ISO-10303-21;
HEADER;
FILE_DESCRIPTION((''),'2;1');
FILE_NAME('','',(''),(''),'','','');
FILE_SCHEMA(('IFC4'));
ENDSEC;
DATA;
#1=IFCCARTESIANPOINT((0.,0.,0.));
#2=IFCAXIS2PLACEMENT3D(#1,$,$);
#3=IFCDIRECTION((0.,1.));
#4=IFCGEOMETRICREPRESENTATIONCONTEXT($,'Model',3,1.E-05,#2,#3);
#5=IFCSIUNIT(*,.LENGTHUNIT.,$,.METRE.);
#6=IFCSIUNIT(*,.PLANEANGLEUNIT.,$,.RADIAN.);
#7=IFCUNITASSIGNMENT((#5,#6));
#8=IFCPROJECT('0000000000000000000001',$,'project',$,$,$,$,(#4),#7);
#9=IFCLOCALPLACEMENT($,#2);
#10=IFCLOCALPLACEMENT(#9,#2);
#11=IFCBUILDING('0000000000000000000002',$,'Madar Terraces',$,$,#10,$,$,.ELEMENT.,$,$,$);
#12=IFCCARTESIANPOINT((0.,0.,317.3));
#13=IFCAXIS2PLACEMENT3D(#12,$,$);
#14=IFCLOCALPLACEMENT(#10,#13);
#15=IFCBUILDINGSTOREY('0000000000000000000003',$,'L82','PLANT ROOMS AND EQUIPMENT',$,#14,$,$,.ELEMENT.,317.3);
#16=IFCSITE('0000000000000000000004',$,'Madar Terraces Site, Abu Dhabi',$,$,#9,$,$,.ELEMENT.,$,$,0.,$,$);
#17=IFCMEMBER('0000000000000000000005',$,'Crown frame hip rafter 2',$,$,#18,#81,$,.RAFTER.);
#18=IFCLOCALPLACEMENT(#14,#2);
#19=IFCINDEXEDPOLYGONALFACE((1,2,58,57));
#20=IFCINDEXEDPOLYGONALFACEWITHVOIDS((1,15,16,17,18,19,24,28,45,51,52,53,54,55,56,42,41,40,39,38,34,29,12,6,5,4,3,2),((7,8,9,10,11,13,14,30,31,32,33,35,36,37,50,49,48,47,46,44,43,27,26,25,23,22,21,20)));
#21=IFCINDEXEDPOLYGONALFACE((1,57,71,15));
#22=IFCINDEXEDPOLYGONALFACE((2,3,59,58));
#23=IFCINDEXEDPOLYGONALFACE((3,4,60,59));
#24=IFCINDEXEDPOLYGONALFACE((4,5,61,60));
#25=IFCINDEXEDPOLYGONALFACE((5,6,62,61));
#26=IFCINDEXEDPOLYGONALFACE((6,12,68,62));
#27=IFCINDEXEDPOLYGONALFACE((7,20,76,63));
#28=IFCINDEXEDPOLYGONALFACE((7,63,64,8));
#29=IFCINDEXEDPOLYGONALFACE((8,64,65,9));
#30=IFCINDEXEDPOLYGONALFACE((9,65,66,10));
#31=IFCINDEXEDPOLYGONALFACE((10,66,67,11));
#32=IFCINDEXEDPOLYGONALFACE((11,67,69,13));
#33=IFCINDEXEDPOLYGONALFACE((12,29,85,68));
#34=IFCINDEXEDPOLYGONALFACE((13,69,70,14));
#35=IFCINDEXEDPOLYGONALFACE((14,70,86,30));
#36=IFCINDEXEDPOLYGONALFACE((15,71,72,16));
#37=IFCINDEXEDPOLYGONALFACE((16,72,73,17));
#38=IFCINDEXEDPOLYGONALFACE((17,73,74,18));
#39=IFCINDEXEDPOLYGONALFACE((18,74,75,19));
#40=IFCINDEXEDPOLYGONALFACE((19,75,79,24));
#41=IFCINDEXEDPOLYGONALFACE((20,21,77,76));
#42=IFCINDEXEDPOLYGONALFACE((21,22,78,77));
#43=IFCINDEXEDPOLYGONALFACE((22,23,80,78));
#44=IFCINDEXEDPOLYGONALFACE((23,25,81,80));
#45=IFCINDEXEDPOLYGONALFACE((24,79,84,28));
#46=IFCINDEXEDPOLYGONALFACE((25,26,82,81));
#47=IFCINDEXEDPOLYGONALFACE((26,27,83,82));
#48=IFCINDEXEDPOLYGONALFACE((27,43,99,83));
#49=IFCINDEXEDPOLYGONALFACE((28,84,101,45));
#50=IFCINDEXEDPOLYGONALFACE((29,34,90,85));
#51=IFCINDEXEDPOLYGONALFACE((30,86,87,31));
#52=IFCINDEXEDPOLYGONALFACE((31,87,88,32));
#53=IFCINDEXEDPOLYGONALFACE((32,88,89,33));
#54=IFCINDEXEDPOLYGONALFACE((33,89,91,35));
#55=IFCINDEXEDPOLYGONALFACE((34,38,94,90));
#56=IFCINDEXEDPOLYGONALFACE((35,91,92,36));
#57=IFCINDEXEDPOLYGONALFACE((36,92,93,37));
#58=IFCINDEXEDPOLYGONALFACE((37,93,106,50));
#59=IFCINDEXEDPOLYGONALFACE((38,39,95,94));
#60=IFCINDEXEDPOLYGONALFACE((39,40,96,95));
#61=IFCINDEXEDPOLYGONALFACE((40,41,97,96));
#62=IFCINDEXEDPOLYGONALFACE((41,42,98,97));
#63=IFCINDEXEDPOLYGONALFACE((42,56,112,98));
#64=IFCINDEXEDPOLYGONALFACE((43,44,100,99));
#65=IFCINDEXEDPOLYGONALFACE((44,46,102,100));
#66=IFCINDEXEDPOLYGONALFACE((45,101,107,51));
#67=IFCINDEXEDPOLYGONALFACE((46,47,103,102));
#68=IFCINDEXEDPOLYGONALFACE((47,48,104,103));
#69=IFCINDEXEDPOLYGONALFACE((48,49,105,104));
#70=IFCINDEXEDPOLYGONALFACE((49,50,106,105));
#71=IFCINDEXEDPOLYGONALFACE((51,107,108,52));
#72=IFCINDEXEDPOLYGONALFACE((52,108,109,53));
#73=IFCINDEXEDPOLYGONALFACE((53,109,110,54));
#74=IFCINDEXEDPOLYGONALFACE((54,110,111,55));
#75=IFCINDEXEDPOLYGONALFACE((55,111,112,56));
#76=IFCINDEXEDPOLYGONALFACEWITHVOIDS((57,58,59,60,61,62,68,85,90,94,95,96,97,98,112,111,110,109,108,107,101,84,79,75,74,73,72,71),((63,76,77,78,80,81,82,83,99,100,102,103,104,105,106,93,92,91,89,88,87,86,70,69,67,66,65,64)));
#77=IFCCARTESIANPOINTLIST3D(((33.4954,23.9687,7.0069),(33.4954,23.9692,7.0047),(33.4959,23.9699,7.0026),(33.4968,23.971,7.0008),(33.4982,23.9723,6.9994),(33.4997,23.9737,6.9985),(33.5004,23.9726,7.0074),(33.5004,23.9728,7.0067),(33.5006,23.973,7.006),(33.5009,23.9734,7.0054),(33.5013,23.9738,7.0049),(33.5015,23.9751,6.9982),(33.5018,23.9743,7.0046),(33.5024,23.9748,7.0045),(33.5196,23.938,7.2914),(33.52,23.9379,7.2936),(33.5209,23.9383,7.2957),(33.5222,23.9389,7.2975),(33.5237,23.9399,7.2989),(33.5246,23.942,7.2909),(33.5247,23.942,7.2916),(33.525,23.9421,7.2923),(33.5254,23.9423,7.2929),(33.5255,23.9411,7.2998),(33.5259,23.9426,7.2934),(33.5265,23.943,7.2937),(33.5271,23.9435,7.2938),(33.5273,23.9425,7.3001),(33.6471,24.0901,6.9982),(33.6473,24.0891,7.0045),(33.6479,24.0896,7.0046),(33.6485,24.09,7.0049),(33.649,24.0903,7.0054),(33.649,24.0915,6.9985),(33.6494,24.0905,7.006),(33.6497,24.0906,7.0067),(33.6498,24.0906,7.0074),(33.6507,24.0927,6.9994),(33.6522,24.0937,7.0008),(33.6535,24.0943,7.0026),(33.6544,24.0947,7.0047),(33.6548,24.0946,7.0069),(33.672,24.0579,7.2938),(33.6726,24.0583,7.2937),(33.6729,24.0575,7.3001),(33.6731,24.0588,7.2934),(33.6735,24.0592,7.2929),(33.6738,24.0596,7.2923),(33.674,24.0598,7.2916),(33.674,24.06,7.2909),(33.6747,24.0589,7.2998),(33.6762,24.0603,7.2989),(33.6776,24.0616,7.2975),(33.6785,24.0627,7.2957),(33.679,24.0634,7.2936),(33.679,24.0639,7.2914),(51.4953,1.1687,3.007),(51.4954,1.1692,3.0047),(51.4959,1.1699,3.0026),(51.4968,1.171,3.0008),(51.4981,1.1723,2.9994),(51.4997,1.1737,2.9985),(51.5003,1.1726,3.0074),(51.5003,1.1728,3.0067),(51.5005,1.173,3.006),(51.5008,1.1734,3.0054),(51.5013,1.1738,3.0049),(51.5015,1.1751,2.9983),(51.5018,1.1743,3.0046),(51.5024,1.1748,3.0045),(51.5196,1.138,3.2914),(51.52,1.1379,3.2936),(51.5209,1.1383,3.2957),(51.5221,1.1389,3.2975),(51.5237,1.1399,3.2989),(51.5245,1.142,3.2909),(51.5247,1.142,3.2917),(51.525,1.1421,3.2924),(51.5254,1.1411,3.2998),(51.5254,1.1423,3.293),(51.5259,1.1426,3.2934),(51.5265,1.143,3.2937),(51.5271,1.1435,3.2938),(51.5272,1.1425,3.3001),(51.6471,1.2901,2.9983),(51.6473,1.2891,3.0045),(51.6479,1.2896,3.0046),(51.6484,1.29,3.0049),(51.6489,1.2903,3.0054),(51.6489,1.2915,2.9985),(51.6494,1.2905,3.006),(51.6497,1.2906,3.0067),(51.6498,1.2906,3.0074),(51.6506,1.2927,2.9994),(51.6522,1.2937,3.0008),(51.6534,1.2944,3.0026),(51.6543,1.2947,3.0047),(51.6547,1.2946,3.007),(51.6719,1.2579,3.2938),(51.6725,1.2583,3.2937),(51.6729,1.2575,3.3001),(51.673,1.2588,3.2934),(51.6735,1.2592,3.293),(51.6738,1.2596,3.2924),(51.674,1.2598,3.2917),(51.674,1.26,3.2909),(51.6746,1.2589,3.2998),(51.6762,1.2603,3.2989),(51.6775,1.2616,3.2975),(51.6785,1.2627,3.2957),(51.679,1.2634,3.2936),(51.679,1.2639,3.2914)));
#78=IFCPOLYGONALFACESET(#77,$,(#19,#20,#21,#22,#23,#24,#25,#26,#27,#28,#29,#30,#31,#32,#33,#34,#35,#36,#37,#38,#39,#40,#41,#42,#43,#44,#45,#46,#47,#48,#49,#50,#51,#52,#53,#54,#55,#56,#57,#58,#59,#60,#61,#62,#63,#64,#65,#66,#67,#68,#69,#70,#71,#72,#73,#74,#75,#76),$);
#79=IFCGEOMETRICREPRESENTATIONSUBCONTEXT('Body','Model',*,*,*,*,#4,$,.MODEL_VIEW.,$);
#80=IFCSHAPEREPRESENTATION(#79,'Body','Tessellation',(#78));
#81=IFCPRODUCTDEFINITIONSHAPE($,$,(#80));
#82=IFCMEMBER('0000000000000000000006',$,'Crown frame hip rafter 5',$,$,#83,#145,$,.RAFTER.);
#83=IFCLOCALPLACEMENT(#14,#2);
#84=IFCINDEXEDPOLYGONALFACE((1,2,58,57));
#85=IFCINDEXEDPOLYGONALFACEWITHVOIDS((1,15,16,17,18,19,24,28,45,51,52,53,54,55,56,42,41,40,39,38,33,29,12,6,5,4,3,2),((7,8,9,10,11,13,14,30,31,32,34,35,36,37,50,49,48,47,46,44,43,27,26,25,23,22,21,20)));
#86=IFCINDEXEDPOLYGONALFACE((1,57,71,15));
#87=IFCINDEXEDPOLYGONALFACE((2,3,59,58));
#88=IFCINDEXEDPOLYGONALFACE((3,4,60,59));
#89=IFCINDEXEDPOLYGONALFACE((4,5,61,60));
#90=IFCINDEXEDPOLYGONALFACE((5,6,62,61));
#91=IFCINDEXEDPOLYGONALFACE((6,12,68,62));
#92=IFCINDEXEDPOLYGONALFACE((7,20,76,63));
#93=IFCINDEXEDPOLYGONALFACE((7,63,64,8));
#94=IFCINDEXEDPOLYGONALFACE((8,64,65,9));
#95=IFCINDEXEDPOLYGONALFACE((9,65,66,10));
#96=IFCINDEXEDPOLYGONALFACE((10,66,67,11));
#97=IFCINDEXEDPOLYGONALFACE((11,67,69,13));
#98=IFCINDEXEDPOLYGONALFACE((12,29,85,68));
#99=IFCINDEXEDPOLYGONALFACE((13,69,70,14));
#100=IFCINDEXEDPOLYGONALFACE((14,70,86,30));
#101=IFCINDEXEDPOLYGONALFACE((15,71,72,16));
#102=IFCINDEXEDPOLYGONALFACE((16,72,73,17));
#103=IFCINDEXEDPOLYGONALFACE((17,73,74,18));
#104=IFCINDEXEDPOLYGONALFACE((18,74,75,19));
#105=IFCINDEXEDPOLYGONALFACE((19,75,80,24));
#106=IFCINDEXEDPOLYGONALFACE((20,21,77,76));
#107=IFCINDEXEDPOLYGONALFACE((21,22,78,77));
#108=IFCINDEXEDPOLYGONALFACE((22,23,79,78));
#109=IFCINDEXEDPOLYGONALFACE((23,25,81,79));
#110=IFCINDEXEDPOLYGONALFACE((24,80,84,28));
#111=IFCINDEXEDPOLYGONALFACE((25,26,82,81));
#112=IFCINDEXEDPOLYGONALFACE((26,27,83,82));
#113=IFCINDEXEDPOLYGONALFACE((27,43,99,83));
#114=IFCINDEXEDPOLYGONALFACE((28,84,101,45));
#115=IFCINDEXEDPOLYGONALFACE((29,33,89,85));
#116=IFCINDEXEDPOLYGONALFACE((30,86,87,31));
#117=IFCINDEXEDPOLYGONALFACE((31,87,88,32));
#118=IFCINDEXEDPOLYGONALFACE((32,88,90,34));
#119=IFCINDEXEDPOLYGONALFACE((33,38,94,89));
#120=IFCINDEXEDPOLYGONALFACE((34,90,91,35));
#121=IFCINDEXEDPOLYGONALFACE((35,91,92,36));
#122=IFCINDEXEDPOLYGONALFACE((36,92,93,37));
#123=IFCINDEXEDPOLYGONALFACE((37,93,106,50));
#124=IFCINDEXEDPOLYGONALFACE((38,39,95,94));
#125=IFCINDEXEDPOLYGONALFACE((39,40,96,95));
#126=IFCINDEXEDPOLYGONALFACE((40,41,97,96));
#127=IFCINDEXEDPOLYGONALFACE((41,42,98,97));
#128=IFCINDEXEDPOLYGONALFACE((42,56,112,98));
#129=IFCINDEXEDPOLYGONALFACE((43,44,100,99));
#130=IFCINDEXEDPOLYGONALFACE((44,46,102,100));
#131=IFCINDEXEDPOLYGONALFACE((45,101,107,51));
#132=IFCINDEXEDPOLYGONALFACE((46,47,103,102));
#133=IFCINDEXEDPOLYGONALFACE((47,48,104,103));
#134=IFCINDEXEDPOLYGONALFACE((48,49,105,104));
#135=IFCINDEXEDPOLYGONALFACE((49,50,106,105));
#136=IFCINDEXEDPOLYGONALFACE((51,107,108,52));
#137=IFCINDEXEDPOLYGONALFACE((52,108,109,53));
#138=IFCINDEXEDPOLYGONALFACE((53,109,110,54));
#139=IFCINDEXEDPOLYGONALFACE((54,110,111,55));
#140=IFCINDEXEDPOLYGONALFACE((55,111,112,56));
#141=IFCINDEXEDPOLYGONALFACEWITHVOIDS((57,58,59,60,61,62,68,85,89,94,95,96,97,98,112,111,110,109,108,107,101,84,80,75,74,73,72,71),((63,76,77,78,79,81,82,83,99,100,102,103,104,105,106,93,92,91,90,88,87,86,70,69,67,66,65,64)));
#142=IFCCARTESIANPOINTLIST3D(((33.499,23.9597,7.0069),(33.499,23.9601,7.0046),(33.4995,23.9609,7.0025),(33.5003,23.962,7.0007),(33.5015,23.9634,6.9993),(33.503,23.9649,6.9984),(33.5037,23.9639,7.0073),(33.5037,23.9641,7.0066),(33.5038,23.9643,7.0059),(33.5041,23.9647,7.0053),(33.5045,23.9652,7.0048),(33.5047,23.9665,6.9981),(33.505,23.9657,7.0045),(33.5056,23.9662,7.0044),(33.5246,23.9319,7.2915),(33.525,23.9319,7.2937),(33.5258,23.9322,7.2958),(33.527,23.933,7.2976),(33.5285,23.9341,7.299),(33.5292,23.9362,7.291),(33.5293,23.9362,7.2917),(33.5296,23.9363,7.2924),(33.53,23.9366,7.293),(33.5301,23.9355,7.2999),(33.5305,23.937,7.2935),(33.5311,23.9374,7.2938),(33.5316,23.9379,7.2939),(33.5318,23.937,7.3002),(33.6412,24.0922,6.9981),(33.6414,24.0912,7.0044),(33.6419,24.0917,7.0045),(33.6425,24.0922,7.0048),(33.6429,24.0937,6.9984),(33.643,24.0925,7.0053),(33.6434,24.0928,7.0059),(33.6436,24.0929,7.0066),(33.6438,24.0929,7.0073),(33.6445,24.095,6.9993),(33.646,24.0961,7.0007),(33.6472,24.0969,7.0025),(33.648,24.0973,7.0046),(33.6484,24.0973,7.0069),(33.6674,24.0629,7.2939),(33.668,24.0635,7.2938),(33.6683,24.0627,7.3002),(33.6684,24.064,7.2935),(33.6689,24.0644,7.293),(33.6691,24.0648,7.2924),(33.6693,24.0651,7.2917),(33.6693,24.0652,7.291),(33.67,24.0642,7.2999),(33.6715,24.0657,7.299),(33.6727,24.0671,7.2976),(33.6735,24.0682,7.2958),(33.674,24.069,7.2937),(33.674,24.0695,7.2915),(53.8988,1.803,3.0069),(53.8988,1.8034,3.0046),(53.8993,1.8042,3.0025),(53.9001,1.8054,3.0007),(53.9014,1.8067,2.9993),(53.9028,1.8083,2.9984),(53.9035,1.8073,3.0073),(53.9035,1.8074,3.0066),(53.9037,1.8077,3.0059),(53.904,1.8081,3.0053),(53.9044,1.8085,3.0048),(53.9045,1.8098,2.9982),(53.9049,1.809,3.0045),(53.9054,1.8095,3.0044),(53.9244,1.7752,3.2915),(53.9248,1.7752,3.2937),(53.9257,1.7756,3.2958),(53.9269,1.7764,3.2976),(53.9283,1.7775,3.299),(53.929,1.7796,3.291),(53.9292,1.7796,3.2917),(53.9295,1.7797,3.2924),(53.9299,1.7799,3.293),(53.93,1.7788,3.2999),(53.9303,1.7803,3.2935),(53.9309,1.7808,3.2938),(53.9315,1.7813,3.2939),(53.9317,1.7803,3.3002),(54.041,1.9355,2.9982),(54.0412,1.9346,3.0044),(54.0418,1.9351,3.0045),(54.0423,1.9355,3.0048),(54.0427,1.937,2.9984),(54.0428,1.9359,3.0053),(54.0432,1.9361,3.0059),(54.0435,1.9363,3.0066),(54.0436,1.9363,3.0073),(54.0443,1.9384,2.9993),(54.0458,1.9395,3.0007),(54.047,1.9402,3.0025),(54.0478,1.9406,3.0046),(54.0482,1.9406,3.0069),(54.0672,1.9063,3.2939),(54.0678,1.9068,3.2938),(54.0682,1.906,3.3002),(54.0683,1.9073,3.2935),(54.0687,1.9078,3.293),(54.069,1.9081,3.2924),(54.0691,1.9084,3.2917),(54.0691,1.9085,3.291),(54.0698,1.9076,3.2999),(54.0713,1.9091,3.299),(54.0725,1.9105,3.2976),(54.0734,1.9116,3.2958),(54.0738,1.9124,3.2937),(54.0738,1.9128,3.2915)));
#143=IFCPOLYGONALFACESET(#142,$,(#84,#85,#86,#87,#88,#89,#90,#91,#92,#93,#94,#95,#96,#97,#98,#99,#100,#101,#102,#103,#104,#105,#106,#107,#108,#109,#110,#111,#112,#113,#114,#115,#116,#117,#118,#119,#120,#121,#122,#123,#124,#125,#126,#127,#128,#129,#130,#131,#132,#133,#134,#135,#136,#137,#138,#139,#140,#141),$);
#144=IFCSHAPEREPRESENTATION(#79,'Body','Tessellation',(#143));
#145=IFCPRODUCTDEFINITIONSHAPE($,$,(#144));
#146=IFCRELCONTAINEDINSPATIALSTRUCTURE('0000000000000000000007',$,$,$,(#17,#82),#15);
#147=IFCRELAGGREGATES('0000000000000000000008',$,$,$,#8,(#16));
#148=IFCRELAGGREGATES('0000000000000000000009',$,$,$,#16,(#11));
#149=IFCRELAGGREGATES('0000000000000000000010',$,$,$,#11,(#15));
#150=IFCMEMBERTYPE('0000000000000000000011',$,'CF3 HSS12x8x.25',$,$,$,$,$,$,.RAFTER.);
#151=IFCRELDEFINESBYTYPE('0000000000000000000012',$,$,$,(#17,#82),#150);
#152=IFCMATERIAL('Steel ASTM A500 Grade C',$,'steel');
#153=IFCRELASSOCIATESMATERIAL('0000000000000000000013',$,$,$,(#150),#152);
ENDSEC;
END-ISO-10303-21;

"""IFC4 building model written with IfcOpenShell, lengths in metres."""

from ifc_helpers import new_model, si_unit, direction, frame, origin, origin_2d, place, context, subcontext, project, spatial, hollow_rectangle, extrude, material, material_profile, profile_set, type_object, element, save


model = new_model("IFC4")

# Units and contexts
model_context = context("Model", 3, precision=1e-05, world=origin(), true_north=direction((0.0, 1.0)))
body_context = subcontext(model_context, "Body", "Model", "MODEL_VIEW")
ifc_project = project(units=[si_unit("LENGTHUNIT", "METRE"), si_unit("PLANEANGLEUNIT", "RADIAN")], contexts=[model_context])

# Site, building, storey
site_placement = place(None, origin())
site = spatial("IfcSite", under=ifc_project, at=site_placement, Name="Madar Terraces Site, Abu Dhabi", CompositionType="ELEMENT", RefElevation=0.0)
building_placement = place(site_placement, origin())
building = spatial("IfcBuilding", under=site, at=building_placement, Name="Madar Terraces", CompositionType="ELEMENT")
storey_placement = place(building_placement, frame((0.0, 0.0, 317.3)))
storey = spatial("IfcBuildingStorey", under=building, at=storey_placement, Name="L82", Description="PLANT ROOMS AND EQUIPMENT", CompositionType="ELEMENT", Elevation=317.3)

# Members
ifc_material_1 = material(Name="Steel ASTM A500 Grade C", Category="steel")
ifc_material_profile_1 = material_profile(ifc_material_1, hollow_rectangle(XDim=0.2031, YDim=0.3047, WallThickness=0.0063, InnerFilletRadius=0.0029, OuterFilletRadius=0.0088, at=origin_2d()), Name="HSS12x8x.25")
ifc_profile_set_1 = profile_set([ifc_material_profile_1], Name="Steel ASTM A500 Grade C")
member_type_1 = type_object("IfcMemberType", Name="CF3 HSS12x8x.25", PredefinedType="RAFTER", material=ifc_profile_set_1)
member_1_placement = place(storey_placement, frame((51.5872, 1.2163, 3.1492), z_axis=(-0.613851, 0.777547, 0.136411), x_axis=(-0.784883, -0.619643, 0.0)))
element("IfcMember", 1, at=member_1_placement, inside=storey, type_object=member_type_1, Name="Crown frame hip rafter 2", PredefinedType="RAFTER", context=body_context, shape_type="SweptSolid", body=[
    extrude(hollow_rectangle(XDim=0.2031, YDim=0.3047, WallThickness=0.0063, InnerFilletRadius=0.0029, OuterFilletRadius=0.0088, at=origin_2d()), origin(), (0.0, 0.0, 1.0), 29.323),
])
member_2_placement = place(storey_placement, frame((53.9863, 1.8579, 3.1492), z_axis=(-0.671443, 0.729267, 0.131656), x_axis=(-0.735671, -0.677339, 0.0)))
element("IfcMember", 2, at=member_2_placement, inside=storey, type_object=member_type_1, Name="Crown frame hip rafter 5", PredefinedType="RAFTER", context=body_context, shape_type="SweptSolid", body=[
    extrude(hollow_rectangle(XDim=0.2031, YDim=0.3047, WallThickness=0.0063, InnerFilletRadius=0.0029, OuterFilletRadius=0.0088, at=origin_2d()), origin(), (0.0, 0.0, 1.0), 30.3821),
])

save(model, "model.ifc")
